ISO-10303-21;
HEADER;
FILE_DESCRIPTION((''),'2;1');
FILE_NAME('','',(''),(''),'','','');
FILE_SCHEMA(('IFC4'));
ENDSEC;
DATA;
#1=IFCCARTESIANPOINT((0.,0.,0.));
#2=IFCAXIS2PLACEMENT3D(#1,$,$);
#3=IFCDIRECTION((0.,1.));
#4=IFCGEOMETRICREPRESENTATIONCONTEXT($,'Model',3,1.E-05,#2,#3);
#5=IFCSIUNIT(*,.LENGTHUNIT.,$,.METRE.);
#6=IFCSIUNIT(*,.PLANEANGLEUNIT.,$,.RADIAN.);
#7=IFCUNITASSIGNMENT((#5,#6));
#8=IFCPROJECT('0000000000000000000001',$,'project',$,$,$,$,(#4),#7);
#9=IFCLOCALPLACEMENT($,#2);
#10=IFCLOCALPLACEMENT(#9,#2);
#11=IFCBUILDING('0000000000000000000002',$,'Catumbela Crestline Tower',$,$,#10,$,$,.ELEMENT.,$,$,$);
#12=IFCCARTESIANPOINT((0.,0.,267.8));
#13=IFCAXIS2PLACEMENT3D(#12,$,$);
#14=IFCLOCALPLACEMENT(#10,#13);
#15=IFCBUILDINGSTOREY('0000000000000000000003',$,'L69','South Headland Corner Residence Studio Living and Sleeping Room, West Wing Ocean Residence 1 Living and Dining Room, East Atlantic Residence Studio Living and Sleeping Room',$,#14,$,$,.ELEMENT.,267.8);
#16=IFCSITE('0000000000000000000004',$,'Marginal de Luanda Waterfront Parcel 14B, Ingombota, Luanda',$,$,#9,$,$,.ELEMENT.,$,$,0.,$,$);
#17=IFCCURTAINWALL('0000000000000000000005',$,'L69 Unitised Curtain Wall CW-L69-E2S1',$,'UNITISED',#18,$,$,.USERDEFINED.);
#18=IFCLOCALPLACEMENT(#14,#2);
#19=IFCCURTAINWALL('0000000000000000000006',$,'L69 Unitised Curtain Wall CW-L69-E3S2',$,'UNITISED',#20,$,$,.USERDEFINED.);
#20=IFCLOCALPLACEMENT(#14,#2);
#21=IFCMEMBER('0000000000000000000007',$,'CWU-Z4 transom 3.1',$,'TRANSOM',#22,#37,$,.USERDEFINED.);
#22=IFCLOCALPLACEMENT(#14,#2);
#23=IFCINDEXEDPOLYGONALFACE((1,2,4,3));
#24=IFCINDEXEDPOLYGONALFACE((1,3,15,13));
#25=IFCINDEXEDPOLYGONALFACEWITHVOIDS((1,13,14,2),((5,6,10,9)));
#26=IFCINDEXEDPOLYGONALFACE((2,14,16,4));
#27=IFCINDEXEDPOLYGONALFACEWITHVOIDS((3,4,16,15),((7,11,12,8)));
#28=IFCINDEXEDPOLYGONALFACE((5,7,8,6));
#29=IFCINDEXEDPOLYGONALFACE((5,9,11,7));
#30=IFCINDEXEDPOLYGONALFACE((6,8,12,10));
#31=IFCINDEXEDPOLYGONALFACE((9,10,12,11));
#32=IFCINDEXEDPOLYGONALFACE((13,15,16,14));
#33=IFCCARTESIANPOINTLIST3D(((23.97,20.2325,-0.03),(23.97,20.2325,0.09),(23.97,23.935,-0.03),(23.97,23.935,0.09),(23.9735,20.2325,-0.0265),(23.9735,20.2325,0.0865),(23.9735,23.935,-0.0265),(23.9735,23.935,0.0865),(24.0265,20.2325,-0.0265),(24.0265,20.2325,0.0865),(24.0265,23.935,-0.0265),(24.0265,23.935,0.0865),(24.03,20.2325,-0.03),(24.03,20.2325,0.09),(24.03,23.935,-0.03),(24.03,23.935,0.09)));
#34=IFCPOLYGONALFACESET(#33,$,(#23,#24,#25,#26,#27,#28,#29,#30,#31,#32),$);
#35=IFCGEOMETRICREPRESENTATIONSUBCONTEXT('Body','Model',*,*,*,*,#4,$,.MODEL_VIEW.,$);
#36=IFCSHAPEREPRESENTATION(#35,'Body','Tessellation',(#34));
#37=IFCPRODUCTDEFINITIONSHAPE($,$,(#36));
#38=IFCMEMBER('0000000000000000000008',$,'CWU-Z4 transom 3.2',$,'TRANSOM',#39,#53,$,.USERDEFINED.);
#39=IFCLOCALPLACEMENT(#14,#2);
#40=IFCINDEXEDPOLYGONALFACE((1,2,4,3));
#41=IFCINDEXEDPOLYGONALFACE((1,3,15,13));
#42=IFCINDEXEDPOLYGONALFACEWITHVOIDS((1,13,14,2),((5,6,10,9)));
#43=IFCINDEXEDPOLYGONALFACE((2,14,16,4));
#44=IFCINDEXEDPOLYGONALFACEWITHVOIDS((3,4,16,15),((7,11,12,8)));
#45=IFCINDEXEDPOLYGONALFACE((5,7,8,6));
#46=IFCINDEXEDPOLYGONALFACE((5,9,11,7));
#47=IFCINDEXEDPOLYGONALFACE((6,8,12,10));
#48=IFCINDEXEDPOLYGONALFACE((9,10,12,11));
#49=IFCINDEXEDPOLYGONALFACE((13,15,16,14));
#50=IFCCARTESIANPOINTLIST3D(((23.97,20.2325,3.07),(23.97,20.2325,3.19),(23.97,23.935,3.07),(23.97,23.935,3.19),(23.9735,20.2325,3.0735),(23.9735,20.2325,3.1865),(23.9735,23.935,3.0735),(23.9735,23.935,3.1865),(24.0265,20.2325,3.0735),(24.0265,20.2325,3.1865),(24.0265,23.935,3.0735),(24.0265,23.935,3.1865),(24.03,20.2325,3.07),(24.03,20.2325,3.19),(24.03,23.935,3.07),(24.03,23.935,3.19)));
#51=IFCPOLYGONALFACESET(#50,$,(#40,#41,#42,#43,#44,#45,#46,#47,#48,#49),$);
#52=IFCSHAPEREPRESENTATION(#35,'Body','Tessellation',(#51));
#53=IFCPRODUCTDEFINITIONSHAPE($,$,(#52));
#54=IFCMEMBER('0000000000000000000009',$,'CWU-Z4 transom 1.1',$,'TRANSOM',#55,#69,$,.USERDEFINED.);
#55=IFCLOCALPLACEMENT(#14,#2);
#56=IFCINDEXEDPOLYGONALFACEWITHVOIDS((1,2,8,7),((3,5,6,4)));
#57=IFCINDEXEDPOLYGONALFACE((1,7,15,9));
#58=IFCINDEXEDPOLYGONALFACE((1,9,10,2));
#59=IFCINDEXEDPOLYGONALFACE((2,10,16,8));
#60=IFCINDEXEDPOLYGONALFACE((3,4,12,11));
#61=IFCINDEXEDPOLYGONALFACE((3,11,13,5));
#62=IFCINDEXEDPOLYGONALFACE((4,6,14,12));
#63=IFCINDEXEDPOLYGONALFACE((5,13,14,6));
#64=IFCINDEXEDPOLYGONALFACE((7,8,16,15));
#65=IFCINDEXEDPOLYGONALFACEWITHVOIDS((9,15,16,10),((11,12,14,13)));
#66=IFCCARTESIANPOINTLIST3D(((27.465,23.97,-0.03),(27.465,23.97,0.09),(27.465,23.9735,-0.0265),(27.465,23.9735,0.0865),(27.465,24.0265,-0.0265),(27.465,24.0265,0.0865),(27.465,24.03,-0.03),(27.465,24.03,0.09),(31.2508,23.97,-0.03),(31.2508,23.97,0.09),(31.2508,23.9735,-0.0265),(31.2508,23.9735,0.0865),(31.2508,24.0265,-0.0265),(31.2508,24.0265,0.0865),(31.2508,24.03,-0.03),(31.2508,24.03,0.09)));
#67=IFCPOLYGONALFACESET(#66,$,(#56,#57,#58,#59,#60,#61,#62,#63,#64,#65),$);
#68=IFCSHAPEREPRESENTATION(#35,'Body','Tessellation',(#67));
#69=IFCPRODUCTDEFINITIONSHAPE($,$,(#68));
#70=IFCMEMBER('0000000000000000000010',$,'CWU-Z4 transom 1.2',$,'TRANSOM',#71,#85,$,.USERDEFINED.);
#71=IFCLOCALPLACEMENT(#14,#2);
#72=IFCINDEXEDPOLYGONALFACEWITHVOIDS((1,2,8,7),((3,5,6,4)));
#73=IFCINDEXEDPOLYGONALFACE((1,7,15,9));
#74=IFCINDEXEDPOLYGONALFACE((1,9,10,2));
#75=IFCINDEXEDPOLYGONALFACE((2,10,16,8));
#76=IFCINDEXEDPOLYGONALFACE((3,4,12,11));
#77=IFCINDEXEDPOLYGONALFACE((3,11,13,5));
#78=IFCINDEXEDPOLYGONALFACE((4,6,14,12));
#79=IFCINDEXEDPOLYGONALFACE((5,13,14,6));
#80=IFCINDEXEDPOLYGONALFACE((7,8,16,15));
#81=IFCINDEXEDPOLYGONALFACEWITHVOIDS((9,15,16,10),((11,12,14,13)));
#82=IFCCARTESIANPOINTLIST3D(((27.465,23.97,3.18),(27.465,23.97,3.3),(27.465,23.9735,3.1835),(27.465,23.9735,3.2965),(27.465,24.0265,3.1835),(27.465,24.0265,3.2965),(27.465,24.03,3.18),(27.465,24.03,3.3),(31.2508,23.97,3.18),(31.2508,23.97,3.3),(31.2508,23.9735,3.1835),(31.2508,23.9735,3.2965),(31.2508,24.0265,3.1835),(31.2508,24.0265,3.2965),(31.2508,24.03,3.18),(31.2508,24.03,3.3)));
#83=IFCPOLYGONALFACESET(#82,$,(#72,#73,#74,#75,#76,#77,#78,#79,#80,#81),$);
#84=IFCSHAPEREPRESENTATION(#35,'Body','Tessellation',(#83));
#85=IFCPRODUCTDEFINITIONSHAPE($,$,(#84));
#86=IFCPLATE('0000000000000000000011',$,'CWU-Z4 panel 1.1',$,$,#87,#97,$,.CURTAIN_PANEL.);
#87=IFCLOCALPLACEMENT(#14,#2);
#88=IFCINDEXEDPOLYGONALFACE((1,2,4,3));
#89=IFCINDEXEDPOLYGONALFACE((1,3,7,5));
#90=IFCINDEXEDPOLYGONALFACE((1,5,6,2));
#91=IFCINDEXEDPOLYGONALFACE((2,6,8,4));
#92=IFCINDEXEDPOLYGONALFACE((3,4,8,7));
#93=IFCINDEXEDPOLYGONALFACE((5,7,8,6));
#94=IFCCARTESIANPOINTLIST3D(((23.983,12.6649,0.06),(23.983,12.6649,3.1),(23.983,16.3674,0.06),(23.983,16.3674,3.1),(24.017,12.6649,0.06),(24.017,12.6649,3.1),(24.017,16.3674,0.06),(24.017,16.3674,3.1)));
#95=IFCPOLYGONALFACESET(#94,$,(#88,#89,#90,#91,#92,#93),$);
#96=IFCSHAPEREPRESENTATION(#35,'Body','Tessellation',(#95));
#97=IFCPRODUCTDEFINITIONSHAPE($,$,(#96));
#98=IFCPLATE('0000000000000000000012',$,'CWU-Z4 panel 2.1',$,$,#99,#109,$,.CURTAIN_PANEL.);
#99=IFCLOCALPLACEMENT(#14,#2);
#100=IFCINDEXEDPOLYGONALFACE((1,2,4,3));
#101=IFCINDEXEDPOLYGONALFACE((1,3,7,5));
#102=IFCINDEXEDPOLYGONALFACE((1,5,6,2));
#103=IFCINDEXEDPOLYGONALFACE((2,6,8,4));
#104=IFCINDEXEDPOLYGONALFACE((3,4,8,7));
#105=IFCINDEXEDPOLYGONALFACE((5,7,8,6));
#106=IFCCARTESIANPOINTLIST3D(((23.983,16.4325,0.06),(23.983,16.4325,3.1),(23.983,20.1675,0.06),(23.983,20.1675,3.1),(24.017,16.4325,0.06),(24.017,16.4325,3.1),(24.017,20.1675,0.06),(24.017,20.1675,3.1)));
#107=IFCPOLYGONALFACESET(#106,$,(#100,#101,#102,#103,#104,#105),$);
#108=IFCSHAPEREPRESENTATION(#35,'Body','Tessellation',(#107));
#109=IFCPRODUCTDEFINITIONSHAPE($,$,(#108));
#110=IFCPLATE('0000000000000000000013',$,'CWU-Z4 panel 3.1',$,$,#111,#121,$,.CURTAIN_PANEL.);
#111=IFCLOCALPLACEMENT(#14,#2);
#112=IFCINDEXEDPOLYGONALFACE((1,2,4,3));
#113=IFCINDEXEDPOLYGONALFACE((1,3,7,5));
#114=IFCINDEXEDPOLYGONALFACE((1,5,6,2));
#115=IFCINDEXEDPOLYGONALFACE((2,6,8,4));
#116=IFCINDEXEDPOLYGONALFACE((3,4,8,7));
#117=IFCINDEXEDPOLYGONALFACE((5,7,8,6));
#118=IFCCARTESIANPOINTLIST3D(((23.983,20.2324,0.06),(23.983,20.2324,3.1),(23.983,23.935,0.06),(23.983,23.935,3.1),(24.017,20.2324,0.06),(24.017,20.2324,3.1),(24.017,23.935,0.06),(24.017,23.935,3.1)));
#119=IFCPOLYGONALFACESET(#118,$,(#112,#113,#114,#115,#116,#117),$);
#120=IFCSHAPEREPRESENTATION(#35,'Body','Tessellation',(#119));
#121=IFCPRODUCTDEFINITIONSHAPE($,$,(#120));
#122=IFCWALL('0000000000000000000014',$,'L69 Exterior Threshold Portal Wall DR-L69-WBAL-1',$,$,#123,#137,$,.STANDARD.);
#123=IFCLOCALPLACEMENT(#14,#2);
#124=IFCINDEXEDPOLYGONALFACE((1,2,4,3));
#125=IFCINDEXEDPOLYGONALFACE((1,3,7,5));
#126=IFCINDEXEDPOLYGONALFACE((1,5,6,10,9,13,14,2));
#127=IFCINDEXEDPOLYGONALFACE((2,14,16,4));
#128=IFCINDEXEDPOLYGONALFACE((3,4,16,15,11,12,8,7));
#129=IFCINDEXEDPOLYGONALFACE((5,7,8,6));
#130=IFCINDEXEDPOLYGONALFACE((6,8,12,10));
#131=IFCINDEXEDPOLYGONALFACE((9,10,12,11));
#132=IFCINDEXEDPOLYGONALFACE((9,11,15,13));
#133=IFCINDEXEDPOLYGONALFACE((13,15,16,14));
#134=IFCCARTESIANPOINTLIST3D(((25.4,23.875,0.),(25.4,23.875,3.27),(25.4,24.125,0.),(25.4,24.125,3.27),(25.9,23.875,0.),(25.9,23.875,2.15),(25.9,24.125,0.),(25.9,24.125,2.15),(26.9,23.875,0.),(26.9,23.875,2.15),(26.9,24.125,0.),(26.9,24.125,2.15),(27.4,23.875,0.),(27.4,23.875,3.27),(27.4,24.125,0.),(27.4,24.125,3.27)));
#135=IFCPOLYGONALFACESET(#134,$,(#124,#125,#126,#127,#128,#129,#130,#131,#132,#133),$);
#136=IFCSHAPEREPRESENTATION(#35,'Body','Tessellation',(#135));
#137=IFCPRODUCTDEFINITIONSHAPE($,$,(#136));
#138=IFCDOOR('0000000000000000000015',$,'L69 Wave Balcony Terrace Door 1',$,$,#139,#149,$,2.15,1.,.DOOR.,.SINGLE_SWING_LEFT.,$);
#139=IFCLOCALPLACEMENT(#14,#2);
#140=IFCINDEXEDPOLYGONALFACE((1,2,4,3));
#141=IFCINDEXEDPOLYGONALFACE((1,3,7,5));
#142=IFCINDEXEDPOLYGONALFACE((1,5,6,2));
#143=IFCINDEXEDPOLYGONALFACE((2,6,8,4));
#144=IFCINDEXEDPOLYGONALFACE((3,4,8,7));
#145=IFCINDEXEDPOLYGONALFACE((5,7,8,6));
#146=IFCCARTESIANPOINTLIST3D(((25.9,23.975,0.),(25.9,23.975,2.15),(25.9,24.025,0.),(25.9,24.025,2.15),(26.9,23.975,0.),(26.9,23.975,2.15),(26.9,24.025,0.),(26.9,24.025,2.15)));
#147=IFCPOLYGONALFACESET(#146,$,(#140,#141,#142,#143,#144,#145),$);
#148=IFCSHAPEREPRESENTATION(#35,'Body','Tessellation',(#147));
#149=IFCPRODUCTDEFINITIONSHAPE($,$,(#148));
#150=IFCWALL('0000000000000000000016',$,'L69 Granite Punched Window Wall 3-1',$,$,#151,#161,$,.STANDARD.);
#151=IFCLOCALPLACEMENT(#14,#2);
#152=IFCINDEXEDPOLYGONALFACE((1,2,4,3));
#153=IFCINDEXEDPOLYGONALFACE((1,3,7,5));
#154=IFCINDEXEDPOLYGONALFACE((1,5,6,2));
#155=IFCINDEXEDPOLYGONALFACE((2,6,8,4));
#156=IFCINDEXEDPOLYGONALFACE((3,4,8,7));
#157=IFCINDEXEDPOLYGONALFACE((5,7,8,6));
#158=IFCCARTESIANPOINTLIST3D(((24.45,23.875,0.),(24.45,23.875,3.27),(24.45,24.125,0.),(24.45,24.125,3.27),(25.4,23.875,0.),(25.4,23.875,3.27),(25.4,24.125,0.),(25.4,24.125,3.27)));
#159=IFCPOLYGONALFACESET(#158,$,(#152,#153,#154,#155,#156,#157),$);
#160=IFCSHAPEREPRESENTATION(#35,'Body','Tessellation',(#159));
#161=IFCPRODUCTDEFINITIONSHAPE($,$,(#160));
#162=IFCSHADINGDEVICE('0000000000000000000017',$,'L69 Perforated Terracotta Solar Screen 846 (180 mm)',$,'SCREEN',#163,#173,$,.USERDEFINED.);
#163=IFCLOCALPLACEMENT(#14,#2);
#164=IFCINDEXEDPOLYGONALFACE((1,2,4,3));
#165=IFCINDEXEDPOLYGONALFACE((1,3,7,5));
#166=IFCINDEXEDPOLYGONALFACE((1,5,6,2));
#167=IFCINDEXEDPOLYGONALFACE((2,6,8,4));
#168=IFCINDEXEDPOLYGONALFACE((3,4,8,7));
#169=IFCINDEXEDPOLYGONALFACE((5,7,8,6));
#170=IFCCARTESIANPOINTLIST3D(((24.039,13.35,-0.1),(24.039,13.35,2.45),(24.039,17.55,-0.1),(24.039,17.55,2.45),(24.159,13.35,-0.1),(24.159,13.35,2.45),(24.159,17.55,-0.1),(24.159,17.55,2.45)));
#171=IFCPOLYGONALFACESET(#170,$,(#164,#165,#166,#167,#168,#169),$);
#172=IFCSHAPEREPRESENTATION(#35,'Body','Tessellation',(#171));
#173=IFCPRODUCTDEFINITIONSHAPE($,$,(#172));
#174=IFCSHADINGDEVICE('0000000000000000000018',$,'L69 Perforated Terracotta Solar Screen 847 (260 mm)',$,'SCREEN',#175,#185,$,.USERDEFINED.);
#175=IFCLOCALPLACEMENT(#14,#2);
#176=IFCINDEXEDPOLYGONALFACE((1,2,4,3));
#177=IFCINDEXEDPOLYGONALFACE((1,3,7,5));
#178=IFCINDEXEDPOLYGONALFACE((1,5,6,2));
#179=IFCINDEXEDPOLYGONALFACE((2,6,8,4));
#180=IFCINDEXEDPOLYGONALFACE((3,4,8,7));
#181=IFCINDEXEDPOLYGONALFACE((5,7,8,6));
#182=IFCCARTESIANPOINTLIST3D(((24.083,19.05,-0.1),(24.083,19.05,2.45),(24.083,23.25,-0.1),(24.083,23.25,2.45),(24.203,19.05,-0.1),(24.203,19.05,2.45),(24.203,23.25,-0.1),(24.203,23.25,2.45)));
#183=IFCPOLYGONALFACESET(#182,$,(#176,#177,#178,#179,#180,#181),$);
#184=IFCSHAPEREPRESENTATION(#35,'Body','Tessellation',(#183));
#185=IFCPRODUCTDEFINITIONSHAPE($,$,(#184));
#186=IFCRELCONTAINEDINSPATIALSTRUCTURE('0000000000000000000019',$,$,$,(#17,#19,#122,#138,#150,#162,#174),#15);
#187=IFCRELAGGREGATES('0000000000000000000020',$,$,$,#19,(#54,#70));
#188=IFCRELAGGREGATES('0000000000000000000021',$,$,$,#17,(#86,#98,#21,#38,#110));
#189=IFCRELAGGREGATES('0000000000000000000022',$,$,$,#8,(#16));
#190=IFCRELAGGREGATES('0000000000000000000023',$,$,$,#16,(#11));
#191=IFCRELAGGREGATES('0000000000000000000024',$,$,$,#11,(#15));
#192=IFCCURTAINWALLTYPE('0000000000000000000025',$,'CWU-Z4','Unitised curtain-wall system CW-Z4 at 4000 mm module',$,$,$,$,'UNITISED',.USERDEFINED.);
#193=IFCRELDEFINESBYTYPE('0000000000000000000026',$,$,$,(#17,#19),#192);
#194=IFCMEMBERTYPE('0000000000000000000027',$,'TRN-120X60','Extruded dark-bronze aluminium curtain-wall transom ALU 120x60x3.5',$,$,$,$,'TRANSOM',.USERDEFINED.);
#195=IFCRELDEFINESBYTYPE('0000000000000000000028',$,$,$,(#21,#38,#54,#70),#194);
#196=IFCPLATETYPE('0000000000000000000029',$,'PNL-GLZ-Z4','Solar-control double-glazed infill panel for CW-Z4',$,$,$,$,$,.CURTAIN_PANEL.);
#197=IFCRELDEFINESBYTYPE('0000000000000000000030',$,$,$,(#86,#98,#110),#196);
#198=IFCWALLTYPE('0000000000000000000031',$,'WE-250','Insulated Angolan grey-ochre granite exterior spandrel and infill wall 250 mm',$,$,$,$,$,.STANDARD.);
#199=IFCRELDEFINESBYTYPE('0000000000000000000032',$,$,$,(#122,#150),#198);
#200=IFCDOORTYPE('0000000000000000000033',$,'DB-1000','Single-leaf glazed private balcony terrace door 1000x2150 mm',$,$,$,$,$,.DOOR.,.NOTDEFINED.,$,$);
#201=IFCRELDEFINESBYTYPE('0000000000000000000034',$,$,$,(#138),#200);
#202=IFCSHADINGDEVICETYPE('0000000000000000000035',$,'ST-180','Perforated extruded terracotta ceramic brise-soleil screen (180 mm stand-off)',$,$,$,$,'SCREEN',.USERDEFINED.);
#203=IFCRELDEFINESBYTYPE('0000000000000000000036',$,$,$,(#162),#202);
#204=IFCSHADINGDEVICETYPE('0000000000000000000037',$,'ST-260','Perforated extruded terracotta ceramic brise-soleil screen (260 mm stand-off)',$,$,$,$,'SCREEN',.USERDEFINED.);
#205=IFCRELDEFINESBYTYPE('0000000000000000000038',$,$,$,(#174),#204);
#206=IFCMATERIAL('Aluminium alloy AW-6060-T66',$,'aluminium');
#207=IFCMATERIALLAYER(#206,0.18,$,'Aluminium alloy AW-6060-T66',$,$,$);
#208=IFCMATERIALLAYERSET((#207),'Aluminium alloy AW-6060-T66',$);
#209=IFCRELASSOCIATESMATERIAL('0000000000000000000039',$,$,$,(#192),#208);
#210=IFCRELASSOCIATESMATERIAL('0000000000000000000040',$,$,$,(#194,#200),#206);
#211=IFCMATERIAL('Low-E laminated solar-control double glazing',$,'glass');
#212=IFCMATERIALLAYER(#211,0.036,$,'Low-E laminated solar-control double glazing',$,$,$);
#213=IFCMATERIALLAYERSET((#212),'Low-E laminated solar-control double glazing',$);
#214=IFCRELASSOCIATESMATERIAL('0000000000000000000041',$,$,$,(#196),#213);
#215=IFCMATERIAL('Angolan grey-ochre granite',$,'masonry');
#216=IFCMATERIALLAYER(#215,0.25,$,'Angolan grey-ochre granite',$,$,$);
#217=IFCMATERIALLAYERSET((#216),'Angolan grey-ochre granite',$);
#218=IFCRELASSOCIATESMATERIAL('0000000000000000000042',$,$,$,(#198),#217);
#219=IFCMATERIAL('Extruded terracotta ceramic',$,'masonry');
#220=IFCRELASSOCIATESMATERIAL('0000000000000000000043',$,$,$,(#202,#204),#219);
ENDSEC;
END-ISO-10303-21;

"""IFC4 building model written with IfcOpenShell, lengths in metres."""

from ifc_helpers import new_model, si_unit, direction, frame, frame_2d, origin, origin_2d, place, context, subcontext, project, spatial, rectangle, hollow_rectangle, extrude, material, layer, layer_set, material_profile, profile_set, type_object, element, fill, aggregate, save


model = new_model("IFC4")

# Units and contexts
model_context = context("Model", 3, precision=1e-05, world=origin(), true_north=direction((0.0, 1.0)))
body_context = subcontext(model_context, "Body", "Model", "MODEL_VIEW")
ifc_project = project(units=[si_unit("LENGTHUNIT", "METRE"), si_unit("PLANEANGLEUNIT", "RADIAN")], contexts=[model_context])

# Site, building, storey
site_placement = place(None, origin())
site = spatial("IfcSite", under=ifc_project, at=site_placement, Name="Marginal de Luanda Waterfront Parcel 14B, Ingombota, Luanda", CompositionType="ELEMENT", RefElevation=0.0)
building_placement = place(site_placement, origin())
building = spatial("IfcBuilding", under=site, at=building_placement, Name="Catumbela Crestline Tower", CompositionType="ELEMENT")
storey_placement = place(building_placement, frame((0.0, 0.0, 267.8)))
storey = spatial("IfcBuildingStorey", under=building, at=storey_placement, Name="L69", Description="South Headland Corner Residence Studio Living and Sleeping Room, West Wing Ocean Residence 1 Living and Dining Room, East Atlantic Residence Studio Living and Sleeping Room", CompositionType="ELEMENT", Elevation=267.8)

# Curtain wall
ifc_material_1 = material(Name="Aluminium alloy AW-6060-T66", Category="aluminium")
ifc_layer_1 = layer(ifc_material_1, 0.18, Name="Aluminium alloy AW-6060-T66")
ifc_layer_set_1 = layer_set([ifc_layer_1], Name="Aluminium alloy AW-6060-T66")
curtain_wall_type = type_object("IfcCurtainWallType", Name="CWU-Z4", Description="Unitised curtain-wall system CW-Z4 at 4000 mm module", ElementType="UNITISED", PredefinedType="USERDEFINED", material=ifc_layer_set_1)
curtain_wall_1_placement = place(storey_placement, origin())
curtain_wall_1 = element("IfcCurtainWall", 1, at=curtain_wall_1_placement, inside=storey, type_object=curtain_wall_type, Name="L69 Unitised Curtain Wall CW-L69-E2S1", ObjectType="UNITISED", PredefinedType="USERDEFINED")

# Curtain wall
curtain_wall_2_placement = place(storey_placement, origin())
curtain_wall_2 = element("IfcCurtainWall", 2, at=curtain_wall_2_placement, inside=storey, type_object=curtain_wall_type, Name="L69 Unitised Curtain Wall CW-L69-E3S2", ObjectType="UNITISED", PredefinedType="USERDEFINED")

# Members
ifc_material_profile_1 = material_profile(ifc_material_1, hollow_rectangle(XDim=0.06, YDim=0.12, WallThickness=0.0035, at=origin_2d()), Name="ALU 120x60x3.5")
ifc_profile_set_1 = profile_set([ifc_material_profile_1], Name="Aluminium alloy AW-6060-T66")
member_type_1 = type_object("IfcMemberType", Name="TRN-120X60", Description="Extruded dark-bronze aluminium curtain-wall transom ALU 120x60x3.5", ElementType="TRANSOM", PredefinedType="USERDEFINED", material=ifc_profile_set_1)
member_1_placement = place(storey_placement, frame((24.0, 20.2325, 0.03), z_axis=(0.0, 1.0, 0.0), x_axis=(-1.0, 0.0, 0.0)))
member_1 = element("IfcMember", 3, at=member_1_placement, type_object=member_type_1, Name="CWU-Z4 transom 3.1", ObjectType="TRANSOM", PredefinedType="USERDEFINED", context=body_context, shape_type="SweptSolid", body=[
    extrude(hollow_rectangle(XDim=0.06, YDim=0.12, WallThickness=0.0035, at=origin_2d()), origin(), (0.0, 0.0, 1.0), 3.7025),
])
member_2_placement = place(storey_placement, frame((24.0, 20.2325, 3.13), z_axis=(0.0, 1.0, 0.0), x_axis=(-1.0, 0.0, 0.0)))
member_2 = element("IfcMember", 4, at=member_2_placement, type_object=member_type_1, Name="CWU-Z4 transom 3.2", ObjectType="TRANSOM", PredefinedType="USERDEFINED", context=body_context, shape_type="SweptSolid", body=[
    extrude(hollow_rectangle(XDim=0.06, YDim=0.12, WallThickness=0.0035, at=origin_2d()), origin(), (0.0, 0.0, 1.0), 3.7025),
])
member_3_placement = place(storey_placement, frame((27.465, 24.0, 0.03), z_axis=(1.0, 0.0, 0.0), x_axis=(0.0, 1.0, 0.0)))
member_3 = element("IfcMember", 5, at=member_3_placement, type_object=member_type_1, Name="CWU-Z4 transom 1.1", ObjectType="TRANSOM", PredefinedType="USERDEFINED", context=body_context, shape_type="SweptSolid", body=[
    extrude(hollow_rectangle(XDim=0.06, YDim=0.12, WallThickness=0.0035, at=origin_2d()), origin(), (0.0, 0.0, 1.0), 3.7858),
])
member_4_placement = place(storey_placement, frame((27.465, 24.0, 3.24), z_axis=(1.0, 0.0, 0.0), x_axis=(0.0, 1.0, 0.0)))
member_4 = element("IfcMember", 6, at=member_4_placement, type_object=member_type_1, Name="CWU-Z4 transom 1.2", ObjectType="TRANSOM", PredefinedType="USERDEFINED", context=body_context, shape_type="SweptSolid", body=[
    extrude(hollow_rectangle(XDim=0.06, YDim=0.12, WallThickness=0.0035, at=origin_2d()), origin(), (0.0, 0.0, 1.0), 3.7858),
])
aggregate(curtain_wall_2, [member_3, member_4])

# Plates
ifc_material_2 = material(Name="Low-E laminated solar-control double glazing", Category="glass")
ifc_layer_2 = layer(ifc_material_2, 0.036, Name="Low-E laminated solar-control double glazing")
ifc_layer_set_2 = layer_set([ifc_layer_2], Name="Low-E laminated solar-control double glazing")
plate_type = type_object("IfcPlateType", Name="PNL-GLZ-Z4", Description="Solar-control double-glazed infill panel for CW-Z4", PredefinedType="CURTAIN_PANEL", material=ifc_layer_set_2)
plate_1_placement = place(storey_placement, frame((24.0, 14.5162, 0.06), z_axis=(0.0, 0.0, 1.0), x_axis=(0.0, 1.0, 0.0)))
plate_1 = element("IfcPlate", 7, at=plate_1_placement, type_object=plate_type, Name="CWU-Z4 panel 1.1", PredefinedType="CURTAIN_PANEL", context=body_context, shape_type="SweptSolid", body=[
    extrude(rectangle(XDim=3.7025, YDim=0.034, at=origin_2d()), origin(), (0.0, 0.0, 1.0), 3.04),
])
plate_2_placement = place(storey_placement, frame((24.0, 18.3, 0.06), z_axis=(0.0, 0.0, 1.0), x_axis=(0.0, 1.0, 0.0)))
plate_2 = element("IfcPlate", 8, at=plate_2_placement, type_object=plate_type, Name="CWU-Z4 panel 2.1", PredefinedType="CURTAIN_PANEL", context=body_context, shape_type="SweptSolid", body=[
    extrude(rectangle(XDim=3.735, YDim=0.034, at=origin_2d()), origin(), (0.0, 0.0, 1.0), 3.04),
])
plate_3_placement = place(storey_placement, frame((24.0, 22.0837, 0.06), z_axis=(0.0, 0.0, 1.0), x_axis=(0.0, 1.0, 0.0)))
plate_3 = element("IfcPlate", 9, at=plate_3_placement, type_object=plate_type, Name="CWU-Z4 panel 3.1", PredefinedType="CURTAIN_PANEL", context=body_context, shape_type="SweptSolid", body=[
    extrude(rectangle(XDim=3.7025, YDim=0.034, at=origin_2d()), origin(), (0.0, 0.0, 1.0), 3.04),
])
aggregate(curtain_wall_1, [plate_1, plate_2, member_1, member_2, plate_3])

# Wall, opening, door
ifc_material_3 = material(Name="Angolan grey-ochre granite", Category="masonry")
ifc_layer_3 = layer(ifc_material_3, 0.25, Name="Angolan grey-ochre granite")
ifc_layer_set_3 = layer_set([ifc_layer_3], Name="Angolan grey-ochre granite")
wall_type = type_object("IfcWallType", Name="WE-250", Description="Insulated Angolan grey-ochre granite exterior spandrel and infill wall 250 mm", PredefinedType="STANDARD", material=ifc_layer_set_3)
wall_1_placement = place(storey_placement, frame((25.4, 24.0, 0.0), z_axis=(0.0, 0.0, 1.0), x_axis=(1.0, 0.0, 0.0)))
wall_1 = element("IfcWall", 10, at=wall_1_placement, inside=storey, type_object=wall_type, Name="L69 Exterior Threshold Portal Wall DR-L69-WBAL-1", PredefinedType="STANDARD", context=body_context, shape_type="SweptSolid", body=[
    extrude(rectangle(XDim=2.0, YDim=0.25, at=frame_2d((1.0, 0.0))), origin(), (0.0, 0.0, 1.0), 3.27),
])
opening_placement = place(wall_1_placement, frame((0.5, 0.0, 0.0)))
opening = element("IfcOpeningElement", 11, at=opening_placement, cuts=wall_1, PredefinedType="OPENING", context=body_context, shape_type="SweptSolid", body=[
    extrude(rectangle(XDim=1.0, YDim=2.15, at=frame_2d((0.5, 1.075))), frame((0.0, 0.135, 0.0), z_axis=(0.0, -1.0, 0.0), x_axis=(1.0, 0.0, 0.0)), (0.0, 0.0, 1.0), 0.27),
])
door_type = type_object("IfcDoorType", Name="DB-1000", Description="Single-leaf glazed private balcony terrace door 1000x2150 mm", OperationType="NOTDEFINED", PredefinedType="DOOR", material=ifc_material_1)
door_placement = place(opening_placement, origin())
door = element("IfcDoor", 12, at=door_placement, inside=storey, type_object=door_type, Name="L69 Wave Balcony Terrace Door 1", OperationType="SINGLE_SWING_LEFT", OverallHeight=2.15, OverallWidth=1.0, PredefinedType="DOOR", context=body_context, shape_type="SweptSolid", body=[
    extrude(rectangle(XDim=1.0, YDim=2.15, at=frame_2d((0.5, 1.075))), frame((0.0, 0.025, 0.0), z_axis=(0.0, -1.0, 0.0), x_axis=(1.0, 0.0, 0.0)), (0.0, 0.0, 1.0), 0.05),
])
fill(opening, door)

# Wall
wall_2_placement = place(storey_placement, frame((24.45, 24.0, 0.0), z_axis=(0.0, 0.0, 1.0), x_axis=(1.0, 0.0, 0.0)))
element("IfcWall", 13, at=wall_2_placement, inside=storey, type_object=wall_type, Name="L69 Granite Punched Window Wall 3-1", PredefinedType="STANDARD", context=body_context, shape_type="SweptSolid", body=[
    extrude(rectangle(XDim=0.95, YDim=0.25, at=frame_2d((0.475, 0.0))), origin(), (0.0, 0.0, 1.0), 3.27),
])

# Shading devices
ifc_material_4 = material(Name="Extruded terracotta ceramic", Category="masonry")
shading_device_type_1 = type_object("IfcShadingDeviceType", Name="ST-180", Description="Perforated extruded terracotta ceramic brise-soleil screen (180 mm stand-off)", ElementType="SCREEN", PredefinedType="USERDEFINED", material=ifc_material_4)
shading_device_1_placement = place(storey_placement, frame((24.099, 15.45, -0.1), z_axis=(0.0, 0.0, 1.0), x_axis=(0.0, 1.0, 0.0)))
element("IfcShadingDevice", 14, at=shading_device_1_placement, inside=storey, type_object=shading_device_type_1, Name="L69 Perforated Terracotta Solar Screen 846 (180 mm)", ObjectType="SCREEN", PredefinedType="USERDEFINED", context=body_context, shape_type="SweptSolid", body=[
    extrude(rectangle(XDim=4.2, YDim=0.12, at=origin_2d()), origin(), (0.0, 0.0, 1.0), 2.55),
])
shading_device_type_2 = type_object("IfcShadingDeviceType", Name="ST-260", Description="Perforated extruded terracotta ceramic brise-soleil screen (260 mm stand-off)", ElementType="SCREEN", PredefinedType="USERDEFINED", material=ifc_material_4)
shading_device_2_placement = place(storey_placement, frame((24.143, 21.15, -0.1), z_axis=(0.0, 0.0, 1.0), x_axis=(0.0, 1.0, 0.0)))
element("IfcShadingDevice", 15, at=shading_device_2_placement, inside=storey, type_object=shading_device_type_2, Name="L69 Perforated Terracotta Solar Screen 847 (260 mm)", ObjectType="SCREEN", PredefinedType="USERDEFINED", context=body_context, shape_type="SweptSolid", body=[
    extrude(rectangle(XDim=4.2, YDim=0.12, at=origin_2d()), origin(), (0.0, 0.0, 1.0), 2.55),
])

save(model, "model.ifc")
